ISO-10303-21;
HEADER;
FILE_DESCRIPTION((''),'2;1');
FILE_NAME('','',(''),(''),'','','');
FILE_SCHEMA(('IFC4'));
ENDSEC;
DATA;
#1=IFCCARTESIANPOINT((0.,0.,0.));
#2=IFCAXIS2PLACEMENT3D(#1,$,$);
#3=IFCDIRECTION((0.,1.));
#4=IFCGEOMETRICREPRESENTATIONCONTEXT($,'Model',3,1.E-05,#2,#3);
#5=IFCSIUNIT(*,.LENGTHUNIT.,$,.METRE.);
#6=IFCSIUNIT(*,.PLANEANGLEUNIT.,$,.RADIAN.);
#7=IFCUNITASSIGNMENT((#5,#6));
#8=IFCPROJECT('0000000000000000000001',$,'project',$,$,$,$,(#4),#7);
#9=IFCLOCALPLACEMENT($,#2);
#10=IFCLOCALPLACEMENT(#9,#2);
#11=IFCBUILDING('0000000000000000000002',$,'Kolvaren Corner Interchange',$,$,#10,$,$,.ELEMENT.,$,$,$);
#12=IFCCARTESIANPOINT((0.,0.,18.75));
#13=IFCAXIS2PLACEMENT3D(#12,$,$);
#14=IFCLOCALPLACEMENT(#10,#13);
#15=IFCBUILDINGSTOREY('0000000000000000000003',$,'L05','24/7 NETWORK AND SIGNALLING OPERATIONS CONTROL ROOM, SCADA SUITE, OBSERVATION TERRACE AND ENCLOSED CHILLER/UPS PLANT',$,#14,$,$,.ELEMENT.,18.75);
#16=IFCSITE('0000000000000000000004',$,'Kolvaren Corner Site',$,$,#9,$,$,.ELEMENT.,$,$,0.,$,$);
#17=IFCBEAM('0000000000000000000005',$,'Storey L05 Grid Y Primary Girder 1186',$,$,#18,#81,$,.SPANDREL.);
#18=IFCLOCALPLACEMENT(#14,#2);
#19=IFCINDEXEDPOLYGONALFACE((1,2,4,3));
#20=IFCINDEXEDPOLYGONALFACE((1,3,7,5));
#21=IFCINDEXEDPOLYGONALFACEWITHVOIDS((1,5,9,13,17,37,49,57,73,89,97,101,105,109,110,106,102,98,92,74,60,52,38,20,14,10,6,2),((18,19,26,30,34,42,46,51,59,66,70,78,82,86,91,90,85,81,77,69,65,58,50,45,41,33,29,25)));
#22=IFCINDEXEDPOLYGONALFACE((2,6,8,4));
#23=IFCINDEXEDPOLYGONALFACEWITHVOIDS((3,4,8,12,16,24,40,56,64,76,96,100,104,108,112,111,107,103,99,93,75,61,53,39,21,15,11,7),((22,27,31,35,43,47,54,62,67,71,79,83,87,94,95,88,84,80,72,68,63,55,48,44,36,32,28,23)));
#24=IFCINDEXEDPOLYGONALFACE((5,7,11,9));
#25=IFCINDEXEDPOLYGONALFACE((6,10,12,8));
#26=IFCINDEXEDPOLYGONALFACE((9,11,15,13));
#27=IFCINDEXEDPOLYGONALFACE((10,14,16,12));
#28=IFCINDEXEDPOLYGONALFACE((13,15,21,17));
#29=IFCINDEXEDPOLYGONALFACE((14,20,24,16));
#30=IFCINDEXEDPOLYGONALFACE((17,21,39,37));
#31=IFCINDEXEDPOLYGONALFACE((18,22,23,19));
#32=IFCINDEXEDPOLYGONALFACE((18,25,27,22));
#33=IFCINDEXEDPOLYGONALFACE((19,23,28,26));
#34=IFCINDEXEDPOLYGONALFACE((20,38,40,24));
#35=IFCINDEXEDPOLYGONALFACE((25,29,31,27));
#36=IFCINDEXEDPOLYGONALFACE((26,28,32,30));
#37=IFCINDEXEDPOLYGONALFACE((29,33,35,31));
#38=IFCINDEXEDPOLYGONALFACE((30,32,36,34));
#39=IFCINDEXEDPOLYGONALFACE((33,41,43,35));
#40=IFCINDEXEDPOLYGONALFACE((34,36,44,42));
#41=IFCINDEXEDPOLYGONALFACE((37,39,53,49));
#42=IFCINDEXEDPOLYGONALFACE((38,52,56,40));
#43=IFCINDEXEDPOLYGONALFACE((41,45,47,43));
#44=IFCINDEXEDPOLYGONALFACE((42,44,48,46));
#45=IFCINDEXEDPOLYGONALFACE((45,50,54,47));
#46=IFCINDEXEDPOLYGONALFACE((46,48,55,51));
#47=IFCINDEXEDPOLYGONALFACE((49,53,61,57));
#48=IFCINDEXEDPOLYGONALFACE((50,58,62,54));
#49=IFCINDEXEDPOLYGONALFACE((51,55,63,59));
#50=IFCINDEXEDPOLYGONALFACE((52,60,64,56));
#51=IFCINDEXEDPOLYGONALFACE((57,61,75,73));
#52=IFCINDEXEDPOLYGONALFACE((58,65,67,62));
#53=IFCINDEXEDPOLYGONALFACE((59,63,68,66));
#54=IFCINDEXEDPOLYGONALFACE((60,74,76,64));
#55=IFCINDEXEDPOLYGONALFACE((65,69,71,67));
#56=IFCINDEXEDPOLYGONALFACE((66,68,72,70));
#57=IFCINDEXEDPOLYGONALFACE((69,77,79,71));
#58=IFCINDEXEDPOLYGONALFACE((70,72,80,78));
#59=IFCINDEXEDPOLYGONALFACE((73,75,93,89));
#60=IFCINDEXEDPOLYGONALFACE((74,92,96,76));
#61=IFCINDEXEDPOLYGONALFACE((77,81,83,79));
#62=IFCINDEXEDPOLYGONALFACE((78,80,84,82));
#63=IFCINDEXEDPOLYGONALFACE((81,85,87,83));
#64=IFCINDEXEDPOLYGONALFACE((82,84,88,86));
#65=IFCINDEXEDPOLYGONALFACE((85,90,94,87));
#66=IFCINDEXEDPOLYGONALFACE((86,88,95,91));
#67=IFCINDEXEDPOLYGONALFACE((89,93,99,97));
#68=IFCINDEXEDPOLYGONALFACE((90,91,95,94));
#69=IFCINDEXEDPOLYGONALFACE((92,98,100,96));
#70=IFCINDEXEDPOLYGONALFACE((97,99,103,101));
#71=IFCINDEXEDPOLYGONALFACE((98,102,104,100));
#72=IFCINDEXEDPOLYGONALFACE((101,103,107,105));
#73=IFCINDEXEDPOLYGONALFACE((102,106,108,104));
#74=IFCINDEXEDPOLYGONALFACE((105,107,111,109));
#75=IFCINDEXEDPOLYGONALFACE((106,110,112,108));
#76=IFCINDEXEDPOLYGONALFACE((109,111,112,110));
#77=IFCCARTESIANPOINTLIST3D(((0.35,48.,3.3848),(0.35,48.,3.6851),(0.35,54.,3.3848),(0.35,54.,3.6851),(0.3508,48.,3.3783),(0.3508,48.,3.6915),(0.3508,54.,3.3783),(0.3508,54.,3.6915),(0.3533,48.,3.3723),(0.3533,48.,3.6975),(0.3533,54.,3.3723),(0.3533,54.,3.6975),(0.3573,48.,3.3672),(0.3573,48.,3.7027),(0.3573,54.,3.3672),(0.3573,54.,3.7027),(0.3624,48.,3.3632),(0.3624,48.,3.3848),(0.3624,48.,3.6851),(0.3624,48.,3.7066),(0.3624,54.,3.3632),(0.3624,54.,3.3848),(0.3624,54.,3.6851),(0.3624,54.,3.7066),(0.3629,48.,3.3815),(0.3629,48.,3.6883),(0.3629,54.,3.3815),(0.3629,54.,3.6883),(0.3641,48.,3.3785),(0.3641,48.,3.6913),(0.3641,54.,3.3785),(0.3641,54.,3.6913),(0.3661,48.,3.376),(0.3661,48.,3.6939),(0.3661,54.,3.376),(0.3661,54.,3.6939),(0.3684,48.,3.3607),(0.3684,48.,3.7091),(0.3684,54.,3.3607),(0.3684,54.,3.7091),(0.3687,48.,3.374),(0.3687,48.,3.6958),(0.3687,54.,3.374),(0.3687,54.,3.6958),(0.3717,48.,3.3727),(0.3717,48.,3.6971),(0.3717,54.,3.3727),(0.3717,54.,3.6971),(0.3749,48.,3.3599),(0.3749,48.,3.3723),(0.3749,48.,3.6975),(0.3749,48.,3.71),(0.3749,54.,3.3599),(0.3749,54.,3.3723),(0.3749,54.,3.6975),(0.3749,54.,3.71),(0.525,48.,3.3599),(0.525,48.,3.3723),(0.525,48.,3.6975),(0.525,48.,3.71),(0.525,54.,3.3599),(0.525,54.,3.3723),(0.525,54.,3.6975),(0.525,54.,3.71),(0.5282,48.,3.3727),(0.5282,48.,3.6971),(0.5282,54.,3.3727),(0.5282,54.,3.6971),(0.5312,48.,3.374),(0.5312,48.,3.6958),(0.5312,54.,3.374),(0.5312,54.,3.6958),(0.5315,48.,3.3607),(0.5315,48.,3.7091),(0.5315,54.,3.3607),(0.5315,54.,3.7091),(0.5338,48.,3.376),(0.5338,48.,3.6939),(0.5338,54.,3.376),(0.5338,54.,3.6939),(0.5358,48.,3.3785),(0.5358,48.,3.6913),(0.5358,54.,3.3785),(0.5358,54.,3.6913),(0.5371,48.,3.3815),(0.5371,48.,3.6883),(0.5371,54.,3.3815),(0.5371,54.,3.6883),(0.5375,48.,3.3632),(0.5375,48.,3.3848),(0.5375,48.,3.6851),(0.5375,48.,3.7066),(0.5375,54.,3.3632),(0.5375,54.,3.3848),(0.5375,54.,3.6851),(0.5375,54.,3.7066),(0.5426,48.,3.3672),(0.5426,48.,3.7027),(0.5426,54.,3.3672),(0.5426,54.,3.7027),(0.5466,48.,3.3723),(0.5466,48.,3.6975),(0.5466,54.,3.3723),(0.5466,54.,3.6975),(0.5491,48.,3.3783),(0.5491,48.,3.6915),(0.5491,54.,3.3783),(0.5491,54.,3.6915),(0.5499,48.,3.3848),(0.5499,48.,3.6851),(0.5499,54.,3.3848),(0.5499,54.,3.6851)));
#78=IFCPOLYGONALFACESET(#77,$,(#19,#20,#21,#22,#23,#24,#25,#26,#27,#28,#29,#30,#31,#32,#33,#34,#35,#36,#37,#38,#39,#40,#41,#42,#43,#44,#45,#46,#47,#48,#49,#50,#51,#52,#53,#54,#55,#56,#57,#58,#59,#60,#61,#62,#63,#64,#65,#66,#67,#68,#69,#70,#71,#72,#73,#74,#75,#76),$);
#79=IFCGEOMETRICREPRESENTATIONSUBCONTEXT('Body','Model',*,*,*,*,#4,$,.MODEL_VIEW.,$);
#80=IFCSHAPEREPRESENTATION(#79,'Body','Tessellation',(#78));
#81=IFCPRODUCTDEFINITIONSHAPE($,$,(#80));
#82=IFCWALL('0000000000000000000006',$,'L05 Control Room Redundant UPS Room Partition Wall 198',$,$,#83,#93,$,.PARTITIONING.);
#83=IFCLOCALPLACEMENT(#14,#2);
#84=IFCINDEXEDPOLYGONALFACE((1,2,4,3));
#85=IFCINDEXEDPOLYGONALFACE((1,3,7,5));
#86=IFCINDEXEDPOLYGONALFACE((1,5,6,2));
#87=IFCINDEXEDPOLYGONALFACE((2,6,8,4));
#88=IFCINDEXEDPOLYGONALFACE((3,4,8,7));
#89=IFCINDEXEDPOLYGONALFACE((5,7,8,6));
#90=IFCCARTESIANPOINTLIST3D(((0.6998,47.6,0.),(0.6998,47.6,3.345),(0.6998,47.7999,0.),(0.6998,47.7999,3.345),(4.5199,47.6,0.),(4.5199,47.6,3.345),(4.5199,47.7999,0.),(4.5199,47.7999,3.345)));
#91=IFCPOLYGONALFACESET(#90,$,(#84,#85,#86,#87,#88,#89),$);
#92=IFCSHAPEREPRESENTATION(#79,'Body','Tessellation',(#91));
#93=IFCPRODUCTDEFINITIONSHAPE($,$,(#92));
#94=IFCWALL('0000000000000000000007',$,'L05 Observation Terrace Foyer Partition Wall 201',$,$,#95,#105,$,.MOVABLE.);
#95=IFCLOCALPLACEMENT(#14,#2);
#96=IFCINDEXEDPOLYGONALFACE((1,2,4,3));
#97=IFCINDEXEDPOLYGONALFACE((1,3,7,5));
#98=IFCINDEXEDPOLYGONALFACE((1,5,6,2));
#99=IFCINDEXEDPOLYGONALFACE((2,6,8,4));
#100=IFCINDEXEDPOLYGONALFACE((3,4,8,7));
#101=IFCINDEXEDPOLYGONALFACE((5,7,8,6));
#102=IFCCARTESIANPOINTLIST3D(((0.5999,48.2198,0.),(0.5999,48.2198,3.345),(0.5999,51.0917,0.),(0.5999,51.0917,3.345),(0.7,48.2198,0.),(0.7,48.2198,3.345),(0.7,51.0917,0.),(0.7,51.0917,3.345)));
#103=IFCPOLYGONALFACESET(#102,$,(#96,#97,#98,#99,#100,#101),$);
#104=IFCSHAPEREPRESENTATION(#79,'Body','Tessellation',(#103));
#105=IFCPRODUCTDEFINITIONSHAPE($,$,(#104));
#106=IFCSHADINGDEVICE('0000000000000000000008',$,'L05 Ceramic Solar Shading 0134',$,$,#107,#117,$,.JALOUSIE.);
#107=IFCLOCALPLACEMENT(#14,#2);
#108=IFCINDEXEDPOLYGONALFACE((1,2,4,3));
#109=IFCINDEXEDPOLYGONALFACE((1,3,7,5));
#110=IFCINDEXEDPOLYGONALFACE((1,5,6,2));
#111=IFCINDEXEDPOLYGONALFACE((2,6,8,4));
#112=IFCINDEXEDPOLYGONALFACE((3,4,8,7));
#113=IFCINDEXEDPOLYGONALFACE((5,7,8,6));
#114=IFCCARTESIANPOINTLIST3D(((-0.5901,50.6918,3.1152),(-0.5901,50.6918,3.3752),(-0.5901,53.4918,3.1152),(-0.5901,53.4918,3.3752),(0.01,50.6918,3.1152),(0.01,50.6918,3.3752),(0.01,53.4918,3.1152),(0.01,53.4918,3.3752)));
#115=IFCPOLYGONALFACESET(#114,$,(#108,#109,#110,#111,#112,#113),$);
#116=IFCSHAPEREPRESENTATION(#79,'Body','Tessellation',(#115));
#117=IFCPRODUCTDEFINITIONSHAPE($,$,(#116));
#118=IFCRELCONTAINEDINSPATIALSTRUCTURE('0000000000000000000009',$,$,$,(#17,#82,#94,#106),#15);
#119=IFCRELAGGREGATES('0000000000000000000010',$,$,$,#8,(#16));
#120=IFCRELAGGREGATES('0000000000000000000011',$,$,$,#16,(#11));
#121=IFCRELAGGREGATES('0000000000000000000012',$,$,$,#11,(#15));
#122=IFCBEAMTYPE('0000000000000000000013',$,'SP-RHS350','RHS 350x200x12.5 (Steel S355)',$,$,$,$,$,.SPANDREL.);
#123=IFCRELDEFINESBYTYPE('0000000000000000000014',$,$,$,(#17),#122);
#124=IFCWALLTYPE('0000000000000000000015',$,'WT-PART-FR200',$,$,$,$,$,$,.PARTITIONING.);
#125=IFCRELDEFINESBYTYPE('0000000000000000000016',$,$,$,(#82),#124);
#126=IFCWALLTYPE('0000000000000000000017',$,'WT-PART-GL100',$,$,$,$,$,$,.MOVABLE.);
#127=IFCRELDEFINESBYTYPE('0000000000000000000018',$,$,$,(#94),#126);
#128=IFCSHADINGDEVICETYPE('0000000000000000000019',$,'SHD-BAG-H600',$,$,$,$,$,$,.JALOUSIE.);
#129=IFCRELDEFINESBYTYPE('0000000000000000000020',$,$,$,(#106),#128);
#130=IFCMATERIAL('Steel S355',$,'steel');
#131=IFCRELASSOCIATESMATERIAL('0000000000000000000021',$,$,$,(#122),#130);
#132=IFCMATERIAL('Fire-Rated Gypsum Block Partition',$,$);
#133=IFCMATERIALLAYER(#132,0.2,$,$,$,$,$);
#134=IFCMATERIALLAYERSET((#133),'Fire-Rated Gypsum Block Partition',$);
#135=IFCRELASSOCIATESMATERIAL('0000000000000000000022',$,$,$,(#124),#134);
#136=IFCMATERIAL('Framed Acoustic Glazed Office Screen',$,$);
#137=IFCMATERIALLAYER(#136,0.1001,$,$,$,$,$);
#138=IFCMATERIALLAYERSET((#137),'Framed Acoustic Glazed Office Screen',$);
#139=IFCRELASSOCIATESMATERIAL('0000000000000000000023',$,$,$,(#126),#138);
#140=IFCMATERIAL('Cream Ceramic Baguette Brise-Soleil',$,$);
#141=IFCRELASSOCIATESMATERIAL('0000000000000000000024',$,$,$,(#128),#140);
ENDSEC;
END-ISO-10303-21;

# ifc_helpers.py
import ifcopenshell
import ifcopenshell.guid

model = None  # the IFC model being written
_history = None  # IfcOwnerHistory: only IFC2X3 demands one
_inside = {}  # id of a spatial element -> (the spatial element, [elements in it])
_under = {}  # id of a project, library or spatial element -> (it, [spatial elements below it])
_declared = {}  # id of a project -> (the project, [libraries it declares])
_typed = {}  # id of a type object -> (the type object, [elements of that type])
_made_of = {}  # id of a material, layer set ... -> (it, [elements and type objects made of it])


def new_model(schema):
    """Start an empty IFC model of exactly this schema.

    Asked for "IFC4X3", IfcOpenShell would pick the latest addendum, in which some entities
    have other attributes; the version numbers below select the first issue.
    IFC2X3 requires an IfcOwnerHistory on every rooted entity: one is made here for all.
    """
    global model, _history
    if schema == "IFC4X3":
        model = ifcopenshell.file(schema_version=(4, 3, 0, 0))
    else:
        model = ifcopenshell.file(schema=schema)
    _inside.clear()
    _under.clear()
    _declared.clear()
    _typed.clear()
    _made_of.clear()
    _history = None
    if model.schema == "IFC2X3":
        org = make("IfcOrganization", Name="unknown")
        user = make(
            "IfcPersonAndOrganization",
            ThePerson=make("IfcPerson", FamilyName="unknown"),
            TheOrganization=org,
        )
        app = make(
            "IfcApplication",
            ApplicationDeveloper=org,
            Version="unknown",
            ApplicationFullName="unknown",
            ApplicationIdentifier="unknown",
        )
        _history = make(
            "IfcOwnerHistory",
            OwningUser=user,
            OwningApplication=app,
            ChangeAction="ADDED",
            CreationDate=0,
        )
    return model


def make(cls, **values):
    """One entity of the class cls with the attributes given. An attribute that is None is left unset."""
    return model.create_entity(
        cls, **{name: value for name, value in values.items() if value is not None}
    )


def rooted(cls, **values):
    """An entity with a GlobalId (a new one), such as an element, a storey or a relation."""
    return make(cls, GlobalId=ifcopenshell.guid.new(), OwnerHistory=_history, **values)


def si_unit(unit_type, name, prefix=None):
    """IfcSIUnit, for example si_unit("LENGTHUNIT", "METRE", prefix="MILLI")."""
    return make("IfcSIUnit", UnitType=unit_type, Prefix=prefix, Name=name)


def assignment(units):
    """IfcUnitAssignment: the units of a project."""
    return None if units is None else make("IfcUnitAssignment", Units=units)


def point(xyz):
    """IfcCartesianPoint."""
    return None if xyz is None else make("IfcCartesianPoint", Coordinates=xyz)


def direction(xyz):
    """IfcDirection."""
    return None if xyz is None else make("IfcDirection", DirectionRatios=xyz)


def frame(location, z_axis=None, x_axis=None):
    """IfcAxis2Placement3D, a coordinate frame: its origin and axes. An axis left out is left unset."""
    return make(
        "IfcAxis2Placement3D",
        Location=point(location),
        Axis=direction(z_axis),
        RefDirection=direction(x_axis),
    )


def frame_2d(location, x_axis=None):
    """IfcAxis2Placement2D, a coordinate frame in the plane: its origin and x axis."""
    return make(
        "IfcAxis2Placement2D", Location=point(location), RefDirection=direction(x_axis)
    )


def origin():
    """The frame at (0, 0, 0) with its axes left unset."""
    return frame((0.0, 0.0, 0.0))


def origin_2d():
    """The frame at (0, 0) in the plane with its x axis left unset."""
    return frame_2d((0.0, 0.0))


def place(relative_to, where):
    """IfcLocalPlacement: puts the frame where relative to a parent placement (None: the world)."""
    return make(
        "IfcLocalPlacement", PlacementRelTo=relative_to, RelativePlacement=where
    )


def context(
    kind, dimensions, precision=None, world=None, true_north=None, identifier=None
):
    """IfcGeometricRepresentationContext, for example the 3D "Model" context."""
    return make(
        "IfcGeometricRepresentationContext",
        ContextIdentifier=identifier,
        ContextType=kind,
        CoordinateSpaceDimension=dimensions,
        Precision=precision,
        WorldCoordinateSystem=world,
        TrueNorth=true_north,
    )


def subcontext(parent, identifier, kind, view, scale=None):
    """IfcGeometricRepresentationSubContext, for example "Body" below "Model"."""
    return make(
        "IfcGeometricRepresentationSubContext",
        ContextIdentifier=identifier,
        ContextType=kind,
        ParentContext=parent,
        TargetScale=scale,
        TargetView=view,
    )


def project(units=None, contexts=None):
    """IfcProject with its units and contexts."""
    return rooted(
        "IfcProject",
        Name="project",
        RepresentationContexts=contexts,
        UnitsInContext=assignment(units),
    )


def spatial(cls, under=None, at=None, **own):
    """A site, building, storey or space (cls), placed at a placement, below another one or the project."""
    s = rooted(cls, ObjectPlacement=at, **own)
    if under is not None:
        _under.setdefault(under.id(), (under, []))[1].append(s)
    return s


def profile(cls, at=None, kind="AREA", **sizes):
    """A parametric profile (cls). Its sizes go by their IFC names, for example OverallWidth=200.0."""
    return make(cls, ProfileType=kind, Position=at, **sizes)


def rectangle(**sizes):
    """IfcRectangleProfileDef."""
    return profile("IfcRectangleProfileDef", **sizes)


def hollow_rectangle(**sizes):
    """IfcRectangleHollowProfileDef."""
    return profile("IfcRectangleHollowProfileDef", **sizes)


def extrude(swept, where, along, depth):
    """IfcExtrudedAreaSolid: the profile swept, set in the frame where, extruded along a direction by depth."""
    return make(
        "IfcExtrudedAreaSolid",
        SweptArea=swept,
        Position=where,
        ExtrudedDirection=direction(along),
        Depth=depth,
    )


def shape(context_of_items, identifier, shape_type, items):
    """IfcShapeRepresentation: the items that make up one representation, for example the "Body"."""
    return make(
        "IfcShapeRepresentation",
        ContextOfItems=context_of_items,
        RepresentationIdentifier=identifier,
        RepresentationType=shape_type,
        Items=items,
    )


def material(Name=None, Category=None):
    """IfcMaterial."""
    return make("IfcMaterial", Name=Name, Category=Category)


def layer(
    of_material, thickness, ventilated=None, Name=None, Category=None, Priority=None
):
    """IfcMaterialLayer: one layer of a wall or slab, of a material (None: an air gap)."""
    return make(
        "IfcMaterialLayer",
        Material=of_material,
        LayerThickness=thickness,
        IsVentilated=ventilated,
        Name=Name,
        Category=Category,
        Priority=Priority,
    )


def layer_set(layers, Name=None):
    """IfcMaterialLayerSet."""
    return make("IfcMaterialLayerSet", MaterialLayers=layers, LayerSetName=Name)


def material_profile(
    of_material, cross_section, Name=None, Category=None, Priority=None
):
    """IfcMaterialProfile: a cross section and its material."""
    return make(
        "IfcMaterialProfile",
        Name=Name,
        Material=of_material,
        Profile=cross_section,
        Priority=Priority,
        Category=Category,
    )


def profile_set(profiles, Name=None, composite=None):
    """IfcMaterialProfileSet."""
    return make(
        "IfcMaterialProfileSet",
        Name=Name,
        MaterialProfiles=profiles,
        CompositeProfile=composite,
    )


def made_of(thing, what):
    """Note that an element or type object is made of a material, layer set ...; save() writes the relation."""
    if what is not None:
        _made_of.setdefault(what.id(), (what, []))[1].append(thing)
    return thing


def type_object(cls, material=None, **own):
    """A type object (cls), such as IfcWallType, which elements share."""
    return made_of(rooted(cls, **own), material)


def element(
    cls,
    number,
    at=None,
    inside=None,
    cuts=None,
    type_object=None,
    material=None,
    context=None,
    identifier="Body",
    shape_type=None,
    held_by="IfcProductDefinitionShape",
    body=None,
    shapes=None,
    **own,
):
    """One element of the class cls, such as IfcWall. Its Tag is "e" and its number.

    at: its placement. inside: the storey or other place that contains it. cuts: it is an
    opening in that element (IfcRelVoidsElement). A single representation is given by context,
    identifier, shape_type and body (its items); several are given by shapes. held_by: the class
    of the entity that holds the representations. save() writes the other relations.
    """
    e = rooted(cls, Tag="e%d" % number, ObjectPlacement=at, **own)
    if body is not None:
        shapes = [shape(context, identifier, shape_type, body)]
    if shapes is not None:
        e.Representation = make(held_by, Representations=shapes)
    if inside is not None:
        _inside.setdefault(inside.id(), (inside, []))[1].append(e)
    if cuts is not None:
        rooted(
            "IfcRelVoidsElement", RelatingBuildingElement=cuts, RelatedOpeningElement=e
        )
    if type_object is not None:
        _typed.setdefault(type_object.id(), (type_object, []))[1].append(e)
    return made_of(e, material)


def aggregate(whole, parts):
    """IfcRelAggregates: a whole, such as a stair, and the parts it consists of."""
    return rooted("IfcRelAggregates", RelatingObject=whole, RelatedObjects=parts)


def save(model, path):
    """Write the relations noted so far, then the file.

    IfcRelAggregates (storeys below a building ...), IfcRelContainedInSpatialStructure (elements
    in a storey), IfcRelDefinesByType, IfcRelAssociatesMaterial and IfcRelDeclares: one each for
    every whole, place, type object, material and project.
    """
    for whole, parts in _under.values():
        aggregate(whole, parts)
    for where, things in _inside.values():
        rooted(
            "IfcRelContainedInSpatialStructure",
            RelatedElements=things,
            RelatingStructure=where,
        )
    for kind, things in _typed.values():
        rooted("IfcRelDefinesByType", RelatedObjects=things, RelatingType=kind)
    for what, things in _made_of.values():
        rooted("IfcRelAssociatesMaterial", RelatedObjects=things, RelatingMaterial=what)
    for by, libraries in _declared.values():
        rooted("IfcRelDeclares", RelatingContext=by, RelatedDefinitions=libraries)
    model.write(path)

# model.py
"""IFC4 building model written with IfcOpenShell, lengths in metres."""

from ifc_helpers import new_model, si_unit, direction, frame, frame_2d, origin, origin_2d, place, context, subcontext, project, spatial, rectangle, hollow_rectangle, extrude, material, layer, layer_set, material_profile, profile_set, type_object, element, save


model = new_model("IFC4")

# Units and contexts
model_context = context("Model", 3, precision=1e-05, world=origin(), true_north=direction((0.0, 1.0)))
body_context = subcontext(model_context, "Body", "Model", "MODEL_VIEW")
ifc_project = project(units=[si_unit("LENGTHUNIT", "METRE"), si_unit("PLANEANGLEUNIT", "RADIAN")], contexts=[model_context])

# Site, building, storey
site_placement = place(None, origin())
site = spatial("IfcSite", under=ifc_project, at=site_placement, Name="Kolvaren Corner Site", CompositionType="ELEMENT", RefElevation=0.0)
building_placement = place(site_placement, origin())
building = spatial("IfcBuilding", under=site, at=building_placement, Name="Kolvaren Corner Interchange", CompositionType="ELEMENT")
storey_placement = place(building_placement, frame((0.0, 0.0, 18.75)))
storey = spatial("IfcBuildingStorey", under=building, at=storey_placement, Name="L05", Description="24/7 NETWORK AND SIGNALLING OPERATIONS CONTROL ROOM, SCADA SUITE, OBSERVATION TERRACE AND ENCLOSED CHILLER/UPS PLANT", CompositionType="ELEMENT", Elevation=18.75)

# Beam
ifc_material_1 = material(Name="Steel S355", Category="steel")
ifc_material_profile_1 = material_profile(ifc_material_1, hollow_rectangle(XDim=0.2, YDim=0.3501, WallThickness=0.0125, InnerFilletRadius=0.0125, OuterFilletRadius=0.0249, at=origin_2d()), Name="RHS 350x200x12.5")
ifc_profile_set_1 = profile_set([ifc_material_profile_1], Name="Steel S355")
beam_type_1 = type_object("IfcBeamType", Name="SP-RHS350", Description="RHS 350x200x12.5 (Steel S355)", PredefinedType="SPANDREL", material=ifc_profile_set_1)
beam_placement = place(storey_placement, frame((0.45, 48.0, 3.5349), z_axis=(0.0, 1.0, 0.0), x_axis=(-1.0, 0.0, 0.0)))
element("IfcBeam", 1, at=beam_placement, inside=storey, type_object=beam_type_1, Name="Storey L05 Grid Y Primary Girder 1186", PredefinedType="SPANDREL", context=body_context, shape_type="SweptSolid", body=[
    extrude(hollow_rectangle(XDim=0.2, YDim=0.3501, WallThickness=0.0125, InnerFilletRadius=0.0125, OuterFilletRadius=0.0249, at=origin_2d()), origin(), (0.0, 0.0, 1.0), 6.0),
])

# Walls
ifc_material_2 = material(Name="Fire-Rated Gypsum Block Partition")
ifc_layer_1 = layer(ifc_material_2, 0.2)
ifc_layer_set_1 = layer_set([ifc_layer_1], Name="Fire-Rated Gypsum Block Partition")
wall_type_1 = type_object("IfcWallType", Name="WT-PART-FR200", PredefinedType="PARTITIONING", material=ifc_layer_set_1)
wall_1_placement = place(storey_placement, frame((4.52, 47.7, 0.0), z_axis=(0.0, 0.0, 1.0), x_axis=(-1.0, 0.0, 0.0)))
element("IfcWall", 2, at=wall_1_placement, inside=storey, type_object=wall_type_1, Name="L05 Control Room Redundant UPS Room Partition Wall 198", PredefinedType="PARTITIONING", context=body_context, shape_type="SweptSolid", body=[
    extrude(rectangle(XDim=3.8201, YDim=0.2, at=frame_2d((1.9102, 0.0))), origin(), (0.0, 0.0, 1.0), 3.345),
])
ifc_material_3 = material(Name="Framed Acoustic Glazed Office Screen")
ifc_layer_2 = layer(ifc_material_3, 0.1001)
ifc_layer_set_2 = layer_set([ifc_layer_2], Name="Framed Acoustic Glazed Office Screen")
wall_type_2 = type_object("IfcWallType", Name="WT-PART-GL100", PredefinedType="MOVABLE", material=ifc_layer_set_2)
wall_2_placement = place(storey_placement, frame((0.6499, 51.0918, 0.0), z_axis=(0.0, 0.0, 1.0), x_axis=(0.0, -1.0, 0.0)))
element("IfcWall", 3, at=wall_2_placement, inside=storey, type_object=wall_type_2, Name="L05 Observation Terrace Foyer Partition Wall 201", PredefinedType="MOVABLE", context=body_context, shape_type="SweptSolid", body=[
    extrude(rectangle(XDim=2.8718, YDim=0.1001, at=frame_2d((1.436, 0.0))), origin(), (0.0, 0.0, 1.0), 3.345),
])

# Shading device
ifc_material_4 = material(Name="Cream Ceramic Baguette Brise-Soleil")
shading_device_type = type_object("IfcShadingDeviceType", Name="SHD-BAG-H600", PredefinedType="JALOUSIE", material=ifc_material_4)
shading_device_placement = place(storey_placement, frame((-0.29, 52.0918, 3.1152), z_axis=(0.0, 0.0, 1.0), x_axis=(0.0, -1.0, 0.0)))
element("IfcShadingDevice", 4, at=shading_device_placement, inside=storey, type_object=shading_device_type, Name="L05 Ceramic Solar Shading 0134", PredefinedType="JALOUSIE", context=body_context, shape_type="SweptSolid", body=[
    extrude(rectangle(XDim=2.8, YDim=0.6001, at=origin_2d()), origin(), (0.0, 0.0, 1.0), 0.26),
])

save(model, "model.ifc")
